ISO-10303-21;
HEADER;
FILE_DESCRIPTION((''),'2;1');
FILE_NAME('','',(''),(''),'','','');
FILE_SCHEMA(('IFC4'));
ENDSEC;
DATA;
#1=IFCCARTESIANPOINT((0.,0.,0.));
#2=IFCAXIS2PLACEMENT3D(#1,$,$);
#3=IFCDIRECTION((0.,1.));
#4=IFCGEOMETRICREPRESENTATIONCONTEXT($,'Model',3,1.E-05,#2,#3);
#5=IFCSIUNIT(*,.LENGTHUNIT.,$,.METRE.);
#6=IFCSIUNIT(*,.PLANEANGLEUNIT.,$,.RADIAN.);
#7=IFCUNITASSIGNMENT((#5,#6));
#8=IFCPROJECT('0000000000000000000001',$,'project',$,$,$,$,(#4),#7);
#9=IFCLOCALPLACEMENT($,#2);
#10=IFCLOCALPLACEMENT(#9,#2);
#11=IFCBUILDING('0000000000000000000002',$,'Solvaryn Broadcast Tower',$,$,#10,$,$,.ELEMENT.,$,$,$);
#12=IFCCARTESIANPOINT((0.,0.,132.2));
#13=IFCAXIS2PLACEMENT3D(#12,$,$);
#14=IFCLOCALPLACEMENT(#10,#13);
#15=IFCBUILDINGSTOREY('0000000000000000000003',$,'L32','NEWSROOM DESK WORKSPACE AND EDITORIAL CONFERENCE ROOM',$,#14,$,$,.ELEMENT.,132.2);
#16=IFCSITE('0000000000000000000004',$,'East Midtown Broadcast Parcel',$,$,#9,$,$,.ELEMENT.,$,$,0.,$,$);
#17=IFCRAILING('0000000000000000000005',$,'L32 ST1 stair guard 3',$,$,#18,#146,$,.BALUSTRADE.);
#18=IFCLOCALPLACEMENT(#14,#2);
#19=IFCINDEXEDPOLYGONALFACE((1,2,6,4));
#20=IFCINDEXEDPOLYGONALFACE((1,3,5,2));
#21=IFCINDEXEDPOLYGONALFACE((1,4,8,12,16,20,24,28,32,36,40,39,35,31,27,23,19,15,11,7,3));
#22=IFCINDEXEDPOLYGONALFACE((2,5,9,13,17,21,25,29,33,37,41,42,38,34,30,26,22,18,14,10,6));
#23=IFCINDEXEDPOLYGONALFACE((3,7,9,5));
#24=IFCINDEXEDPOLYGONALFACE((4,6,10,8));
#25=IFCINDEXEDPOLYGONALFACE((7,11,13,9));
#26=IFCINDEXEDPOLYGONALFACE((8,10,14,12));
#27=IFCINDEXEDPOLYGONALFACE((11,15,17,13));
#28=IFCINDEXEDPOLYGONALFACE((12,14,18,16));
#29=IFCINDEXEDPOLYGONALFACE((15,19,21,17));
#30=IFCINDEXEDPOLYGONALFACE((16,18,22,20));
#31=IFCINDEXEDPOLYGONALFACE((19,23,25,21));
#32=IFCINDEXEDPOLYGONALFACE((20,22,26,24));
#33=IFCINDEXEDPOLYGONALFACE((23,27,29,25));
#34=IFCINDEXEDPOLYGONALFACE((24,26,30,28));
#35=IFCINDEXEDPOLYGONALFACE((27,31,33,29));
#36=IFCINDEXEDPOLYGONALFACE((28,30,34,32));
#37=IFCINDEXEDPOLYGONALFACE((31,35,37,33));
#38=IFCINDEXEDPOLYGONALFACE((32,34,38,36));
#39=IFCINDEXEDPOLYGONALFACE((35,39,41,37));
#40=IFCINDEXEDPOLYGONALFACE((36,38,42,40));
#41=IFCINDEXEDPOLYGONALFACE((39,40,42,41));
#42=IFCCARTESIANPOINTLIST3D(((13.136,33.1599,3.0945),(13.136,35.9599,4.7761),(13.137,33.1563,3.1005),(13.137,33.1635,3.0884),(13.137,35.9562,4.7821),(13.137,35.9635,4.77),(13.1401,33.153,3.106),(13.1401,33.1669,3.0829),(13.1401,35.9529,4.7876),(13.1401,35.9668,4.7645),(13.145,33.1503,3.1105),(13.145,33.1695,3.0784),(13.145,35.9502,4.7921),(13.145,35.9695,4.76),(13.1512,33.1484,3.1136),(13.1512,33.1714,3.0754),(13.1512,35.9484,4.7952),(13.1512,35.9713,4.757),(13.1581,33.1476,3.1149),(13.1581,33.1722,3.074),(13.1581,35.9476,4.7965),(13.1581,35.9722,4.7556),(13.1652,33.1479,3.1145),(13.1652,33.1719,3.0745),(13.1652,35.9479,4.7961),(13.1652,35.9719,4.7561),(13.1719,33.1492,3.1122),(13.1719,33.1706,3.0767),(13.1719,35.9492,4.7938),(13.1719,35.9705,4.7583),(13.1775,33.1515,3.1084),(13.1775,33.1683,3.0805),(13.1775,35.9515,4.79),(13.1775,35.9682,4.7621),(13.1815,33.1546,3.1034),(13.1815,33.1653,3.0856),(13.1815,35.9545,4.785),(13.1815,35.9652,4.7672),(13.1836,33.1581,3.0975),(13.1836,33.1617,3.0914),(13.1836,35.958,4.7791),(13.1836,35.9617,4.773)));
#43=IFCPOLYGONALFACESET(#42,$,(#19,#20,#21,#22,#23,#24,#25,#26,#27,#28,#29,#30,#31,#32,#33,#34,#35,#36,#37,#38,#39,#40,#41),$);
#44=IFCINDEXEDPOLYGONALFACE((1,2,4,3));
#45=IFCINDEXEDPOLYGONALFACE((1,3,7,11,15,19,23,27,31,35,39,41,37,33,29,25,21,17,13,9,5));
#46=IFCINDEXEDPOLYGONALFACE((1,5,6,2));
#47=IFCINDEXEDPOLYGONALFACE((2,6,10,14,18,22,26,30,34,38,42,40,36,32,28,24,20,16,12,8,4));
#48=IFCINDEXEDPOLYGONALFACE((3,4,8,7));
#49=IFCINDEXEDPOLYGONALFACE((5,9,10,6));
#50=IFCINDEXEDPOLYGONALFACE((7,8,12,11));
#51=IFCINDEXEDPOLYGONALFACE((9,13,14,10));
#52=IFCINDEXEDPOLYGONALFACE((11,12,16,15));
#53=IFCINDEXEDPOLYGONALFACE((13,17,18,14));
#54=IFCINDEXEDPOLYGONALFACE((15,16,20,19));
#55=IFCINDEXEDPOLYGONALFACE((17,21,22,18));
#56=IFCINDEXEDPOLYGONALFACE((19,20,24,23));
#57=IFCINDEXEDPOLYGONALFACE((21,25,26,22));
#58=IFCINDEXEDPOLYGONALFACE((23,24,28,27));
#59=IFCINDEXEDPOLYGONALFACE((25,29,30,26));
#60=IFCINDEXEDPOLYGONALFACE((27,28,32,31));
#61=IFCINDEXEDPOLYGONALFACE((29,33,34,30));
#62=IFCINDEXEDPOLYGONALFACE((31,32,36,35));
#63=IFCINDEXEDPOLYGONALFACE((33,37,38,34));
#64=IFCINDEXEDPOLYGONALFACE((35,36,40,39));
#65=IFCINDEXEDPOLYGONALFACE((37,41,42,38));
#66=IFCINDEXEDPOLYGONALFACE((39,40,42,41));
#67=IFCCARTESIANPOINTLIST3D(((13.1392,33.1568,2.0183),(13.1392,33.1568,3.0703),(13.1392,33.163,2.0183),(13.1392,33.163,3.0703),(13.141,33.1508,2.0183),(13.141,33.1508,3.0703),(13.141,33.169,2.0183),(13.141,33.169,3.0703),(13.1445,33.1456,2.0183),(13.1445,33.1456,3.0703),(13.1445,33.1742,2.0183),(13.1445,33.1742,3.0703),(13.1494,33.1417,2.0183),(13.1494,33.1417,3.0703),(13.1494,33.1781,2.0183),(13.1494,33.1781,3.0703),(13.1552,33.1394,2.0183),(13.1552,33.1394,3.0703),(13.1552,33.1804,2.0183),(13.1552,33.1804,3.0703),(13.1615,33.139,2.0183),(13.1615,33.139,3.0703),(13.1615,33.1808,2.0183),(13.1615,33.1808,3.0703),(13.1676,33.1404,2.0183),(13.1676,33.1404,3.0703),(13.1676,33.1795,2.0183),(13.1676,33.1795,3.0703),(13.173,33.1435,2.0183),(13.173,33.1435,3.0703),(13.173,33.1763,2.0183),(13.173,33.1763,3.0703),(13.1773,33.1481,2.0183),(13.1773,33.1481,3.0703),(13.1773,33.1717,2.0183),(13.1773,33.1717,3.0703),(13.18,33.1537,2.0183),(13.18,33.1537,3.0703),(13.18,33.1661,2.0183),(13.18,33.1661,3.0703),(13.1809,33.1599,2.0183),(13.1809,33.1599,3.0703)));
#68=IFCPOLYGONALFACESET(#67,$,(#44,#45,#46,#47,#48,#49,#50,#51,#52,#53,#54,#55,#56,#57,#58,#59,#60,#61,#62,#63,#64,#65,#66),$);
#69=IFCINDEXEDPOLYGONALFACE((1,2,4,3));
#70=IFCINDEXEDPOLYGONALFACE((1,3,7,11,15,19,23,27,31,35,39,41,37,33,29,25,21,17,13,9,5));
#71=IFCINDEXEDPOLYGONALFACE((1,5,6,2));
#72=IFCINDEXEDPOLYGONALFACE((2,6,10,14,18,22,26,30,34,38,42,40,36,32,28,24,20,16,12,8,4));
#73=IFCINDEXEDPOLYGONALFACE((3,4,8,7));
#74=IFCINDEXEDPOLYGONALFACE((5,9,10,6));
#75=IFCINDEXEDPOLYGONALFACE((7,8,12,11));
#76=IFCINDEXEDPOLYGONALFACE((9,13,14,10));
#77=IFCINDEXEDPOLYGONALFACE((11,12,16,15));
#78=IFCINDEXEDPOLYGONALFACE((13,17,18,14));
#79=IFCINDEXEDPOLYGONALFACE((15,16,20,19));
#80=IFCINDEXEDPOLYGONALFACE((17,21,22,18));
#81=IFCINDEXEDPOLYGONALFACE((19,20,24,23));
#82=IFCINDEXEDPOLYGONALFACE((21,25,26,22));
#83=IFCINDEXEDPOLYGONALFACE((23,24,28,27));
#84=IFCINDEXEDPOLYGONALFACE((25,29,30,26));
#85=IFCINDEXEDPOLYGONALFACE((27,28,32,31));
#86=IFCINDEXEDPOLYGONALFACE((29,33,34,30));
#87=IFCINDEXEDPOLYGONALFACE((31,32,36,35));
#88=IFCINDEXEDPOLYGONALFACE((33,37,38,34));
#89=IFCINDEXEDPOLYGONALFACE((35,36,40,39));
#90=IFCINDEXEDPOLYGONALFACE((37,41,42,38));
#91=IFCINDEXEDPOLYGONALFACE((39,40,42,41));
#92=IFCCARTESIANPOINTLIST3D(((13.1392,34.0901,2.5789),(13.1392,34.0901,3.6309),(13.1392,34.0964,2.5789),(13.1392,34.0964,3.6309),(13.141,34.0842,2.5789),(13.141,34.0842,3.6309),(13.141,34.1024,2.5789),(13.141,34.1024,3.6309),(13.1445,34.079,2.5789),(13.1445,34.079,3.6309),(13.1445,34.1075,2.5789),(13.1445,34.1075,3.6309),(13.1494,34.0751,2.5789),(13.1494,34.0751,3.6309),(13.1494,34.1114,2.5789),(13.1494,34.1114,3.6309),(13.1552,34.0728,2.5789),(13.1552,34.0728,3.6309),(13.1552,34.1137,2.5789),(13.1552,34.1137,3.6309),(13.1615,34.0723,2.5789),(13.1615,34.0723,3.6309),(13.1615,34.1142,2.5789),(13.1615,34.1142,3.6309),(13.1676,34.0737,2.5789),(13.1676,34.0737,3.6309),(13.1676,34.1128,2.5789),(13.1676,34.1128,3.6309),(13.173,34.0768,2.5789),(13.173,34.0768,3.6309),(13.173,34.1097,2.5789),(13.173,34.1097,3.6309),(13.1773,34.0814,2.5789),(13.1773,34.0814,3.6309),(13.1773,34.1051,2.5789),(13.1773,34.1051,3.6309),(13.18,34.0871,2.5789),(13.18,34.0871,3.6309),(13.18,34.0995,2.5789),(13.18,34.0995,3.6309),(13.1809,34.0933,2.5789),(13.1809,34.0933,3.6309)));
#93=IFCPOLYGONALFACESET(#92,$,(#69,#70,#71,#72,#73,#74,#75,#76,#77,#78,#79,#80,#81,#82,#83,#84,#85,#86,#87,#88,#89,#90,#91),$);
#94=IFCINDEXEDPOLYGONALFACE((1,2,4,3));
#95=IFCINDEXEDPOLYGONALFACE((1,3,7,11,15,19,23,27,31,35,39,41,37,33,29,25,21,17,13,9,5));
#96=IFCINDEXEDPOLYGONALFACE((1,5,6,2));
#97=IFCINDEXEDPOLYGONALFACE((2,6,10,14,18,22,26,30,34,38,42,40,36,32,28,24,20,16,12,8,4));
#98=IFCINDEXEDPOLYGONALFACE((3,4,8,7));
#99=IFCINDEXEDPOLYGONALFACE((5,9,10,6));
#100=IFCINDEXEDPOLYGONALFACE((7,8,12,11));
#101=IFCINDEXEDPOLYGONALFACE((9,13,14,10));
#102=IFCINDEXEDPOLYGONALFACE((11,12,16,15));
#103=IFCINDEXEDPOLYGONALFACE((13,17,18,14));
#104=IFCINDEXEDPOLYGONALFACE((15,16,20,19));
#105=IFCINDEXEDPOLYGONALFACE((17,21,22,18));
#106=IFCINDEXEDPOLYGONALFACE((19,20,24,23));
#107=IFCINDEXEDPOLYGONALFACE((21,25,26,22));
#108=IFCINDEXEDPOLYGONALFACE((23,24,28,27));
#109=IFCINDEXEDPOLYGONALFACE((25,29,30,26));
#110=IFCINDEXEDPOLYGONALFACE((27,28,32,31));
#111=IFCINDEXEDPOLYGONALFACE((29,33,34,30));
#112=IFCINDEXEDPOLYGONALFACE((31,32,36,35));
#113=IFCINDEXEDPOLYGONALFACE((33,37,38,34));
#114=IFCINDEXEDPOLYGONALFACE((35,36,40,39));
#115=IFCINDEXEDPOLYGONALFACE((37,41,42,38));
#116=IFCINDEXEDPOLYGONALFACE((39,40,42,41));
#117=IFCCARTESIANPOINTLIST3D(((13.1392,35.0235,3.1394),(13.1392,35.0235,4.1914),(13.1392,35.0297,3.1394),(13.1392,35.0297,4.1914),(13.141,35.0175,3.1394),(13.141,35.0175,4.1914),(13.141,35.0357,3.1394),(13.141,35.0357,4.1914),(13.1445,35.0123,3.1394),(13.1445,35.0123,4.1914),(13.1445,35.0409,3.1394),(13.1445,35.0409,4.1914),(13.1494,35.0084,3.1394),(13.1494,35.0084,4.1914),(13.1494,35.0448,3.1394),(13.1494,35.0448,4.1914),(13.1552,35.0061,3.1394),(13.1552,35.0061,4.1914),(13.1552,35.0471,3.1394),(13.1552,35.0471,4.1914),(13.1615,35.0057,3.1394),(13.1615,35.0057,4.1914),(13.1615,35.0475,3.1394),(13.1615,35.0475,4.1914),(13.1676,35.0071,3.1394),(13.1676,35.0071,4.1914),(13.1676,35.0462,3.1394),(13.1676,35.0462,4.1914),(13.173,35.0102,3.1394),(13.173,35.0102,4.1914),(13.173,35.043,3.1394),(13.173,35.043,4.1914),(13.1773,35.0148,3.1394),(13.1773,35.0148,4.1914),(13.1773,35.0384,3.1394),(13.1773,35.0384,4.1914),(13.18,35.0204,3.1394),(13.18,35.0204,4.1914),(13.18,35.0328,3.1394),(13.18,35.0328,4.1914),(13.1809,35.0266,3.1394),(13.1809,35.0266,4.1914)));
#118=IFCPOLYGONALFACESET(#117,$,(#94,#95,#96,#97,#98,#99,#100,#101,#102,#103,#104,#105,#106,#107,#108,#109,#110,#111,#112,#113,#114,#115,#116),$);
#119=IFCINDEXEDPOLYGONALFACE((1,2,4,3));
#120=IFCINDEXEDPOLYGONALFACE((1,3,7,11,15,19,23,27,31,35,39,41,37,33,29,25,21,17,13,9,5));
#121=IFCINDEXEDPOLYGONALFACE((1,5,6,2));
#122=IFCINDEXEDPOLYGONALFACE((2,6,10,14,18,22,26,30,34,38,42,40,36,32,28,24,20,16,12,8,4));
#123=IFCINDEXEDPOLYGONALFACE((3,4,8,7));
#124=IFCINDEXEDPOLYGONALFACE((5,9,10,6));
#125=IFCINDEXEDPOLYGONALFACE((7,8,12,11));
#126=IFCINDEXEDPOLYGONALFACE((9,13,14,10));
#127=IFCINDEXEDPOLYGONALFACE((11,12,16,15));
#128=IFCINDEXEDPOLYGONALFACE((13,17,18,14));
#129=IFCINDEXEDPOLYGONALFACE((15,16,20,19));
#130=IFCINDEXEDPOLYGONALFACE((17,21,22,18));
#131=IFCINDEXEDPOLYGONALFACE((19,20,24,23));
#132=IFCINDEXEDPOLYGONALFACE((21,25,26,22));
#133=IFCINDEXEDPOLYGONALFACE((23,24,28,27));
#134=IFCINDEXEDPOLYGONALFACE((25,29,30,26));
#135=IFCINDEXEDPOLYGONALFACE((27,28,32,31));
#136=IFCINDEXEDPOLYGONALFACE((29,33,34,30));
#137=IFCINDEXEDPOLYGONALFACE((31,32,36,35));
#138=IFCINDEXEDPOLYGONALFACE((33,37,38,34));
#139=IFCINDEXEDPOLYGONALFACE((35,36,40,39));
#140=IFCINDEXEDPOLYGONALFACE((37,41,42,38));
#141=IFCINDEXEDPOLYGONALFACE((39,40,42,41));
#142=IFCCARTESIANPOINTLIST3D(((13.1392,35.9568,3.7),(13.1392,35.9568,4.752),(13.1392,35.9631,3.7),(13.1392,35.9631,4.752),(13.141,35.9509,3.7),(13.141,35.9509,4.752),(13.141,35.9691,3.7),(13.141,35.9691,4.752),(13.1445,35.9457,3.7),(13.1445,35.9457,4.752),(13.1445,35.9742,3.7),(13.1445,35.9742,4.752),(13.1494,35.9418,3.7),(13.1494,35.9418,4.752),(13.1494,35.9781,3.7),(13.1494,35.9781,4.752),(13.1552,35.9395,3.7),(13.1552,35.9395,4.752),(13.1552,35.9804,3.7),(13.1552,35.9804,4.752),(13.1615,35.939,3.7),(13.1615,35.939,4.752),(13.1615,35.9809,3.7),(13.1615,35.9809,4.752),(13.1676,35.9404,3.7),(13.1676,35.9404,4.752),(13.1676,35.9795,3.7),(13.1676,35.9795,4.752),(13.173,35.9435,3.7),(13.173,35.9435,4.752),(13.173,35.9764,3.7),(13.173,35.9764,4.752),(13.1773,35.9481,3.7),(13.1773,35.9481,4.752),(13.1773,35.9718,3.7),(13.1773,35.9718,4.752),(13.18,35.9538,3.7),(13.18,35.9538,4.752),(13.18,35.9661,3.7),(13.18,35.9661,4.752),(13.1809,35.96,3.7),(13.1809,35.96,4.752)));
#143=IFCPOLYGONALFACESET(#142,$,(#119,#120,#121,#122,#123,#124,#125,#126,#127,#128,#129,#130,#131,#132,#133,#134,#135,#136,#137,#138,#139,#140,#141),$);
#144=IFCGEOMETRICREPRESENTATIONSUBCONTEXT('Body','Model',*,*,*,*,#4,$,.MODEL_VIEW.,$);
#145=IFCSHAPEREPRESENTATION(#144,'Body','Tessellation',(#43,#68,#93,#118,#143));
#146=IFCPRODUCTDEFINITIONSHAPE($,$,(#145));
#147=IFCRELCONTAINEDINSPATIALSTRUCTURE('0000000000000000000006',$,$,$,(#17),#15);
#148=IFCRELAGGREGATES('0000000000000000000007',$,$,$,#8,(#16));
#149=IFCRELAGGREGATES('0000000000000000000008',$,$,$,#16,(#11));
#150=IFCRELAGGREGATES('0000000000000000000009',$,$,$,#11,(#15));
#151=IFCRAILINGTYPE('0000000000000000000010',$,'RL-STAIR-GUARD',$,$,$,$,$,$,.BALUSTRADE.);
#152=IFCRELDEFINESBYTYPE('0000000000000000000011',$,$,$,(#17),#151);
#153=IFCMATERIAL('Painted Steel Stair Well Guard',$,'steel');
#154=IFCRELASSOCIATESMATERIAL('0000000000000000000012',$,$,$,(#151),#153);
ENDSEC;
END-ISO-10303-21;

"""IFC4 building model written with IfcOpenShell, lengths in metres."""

from ifc_helpers import new_model, si_unit, direction, frame, origin, origin_2d, place, context, subcontext, project, spatial, circle, extrude, material, type_object, element, save


model = new_model("IFC4")

# Units and contexts
model_context = context("Model", 3, precision=1e-05, world=origin(), true_north=direction((0.0, 1.0)))
body_context = subcontext(model_context, "Body", "Model", "MODEL_VIEW")
ifc_project = project(units=[si_unit("LENGTHUNIT", "METRE"), si_unit("PLANEANGLEUNIT", "RADIAN")], contexts=[model_context])

# Site, building, storey
site_placement = place(None, origin())
site = spatial("IfcSite", under=ifc_project, at=site_placement, Name="East Midtown Broadcast Parcel", CompositionType="ELEMENT", RefElevation=0.0)
building_placement = place(site_placement, origin())
building = spatial("IfcBuilding", under=site, at=building_placement, Name="Solvaryn Broadcast Tower", CompositionType="ELEMENT")
storey_placement = place(building_placement, frame((0.0, 0.0, 132.2)))
storey = spatial("IfcBuildingStorey", under=building, at=storey_placement, Name="L32", Description="NEWSROOM DESK WORKSPACE AND EDITORIAL CONFERENCE ROOM", CompositionType="ELEMENT", Elevation=132.2)

# Railing
ifc_material_1 = material(Name="Painted Steel Stair Well Guard", Category="steel")
railing_type_1 = type_object("IfcRailingType", Name="RL-STAIR-GUARD", PredefinedType="BALUSTRADE", material=ifc_material_1)
railing_1_placement = place(storey_placement, frame((13.1599, 33.1599, 2.0183)))
element("IfcRailing", 1, at=railing_1_placement, inside=storey, type_object=railing_type_1, Name="L32 ST1 stair guard 3", PredefinedType="BALUSTRADE", context=body_context, shape_type="SweptSolid", body=[
    extrude(circle(Radius=0.0239, at=origin_2d()), frame((0.0, 0.0, 1.0762), z_axis=(0.0, 0.857275, 0.514858), x_axis=(-1.0, 0.0, 0.0)), (0.0, 0.0, 1.0), 3.2661),
    extrude(circle(Radius=0.021, at=origin_2d()), origin(), (0.0, 0.0, 1.0), 1.052),
    extrude(circle(Radius=0.021, at=origin_2d()), frame((0.0, 0.9333, 0.5605)), (0.0, 0.0, 1.0), 1.052),
    extrude(circle(Radius=0.021, at=origin_2d()), frame((0.0, 1.8667, 1.1211)), (0.0, 0.0, 1.0), 1.052),
    extrude(circle(Radius=0.021, at=origin_2d()), frame((0.0, 2.8, 1.6816)), (0.0, 0.0, 1.0), 1.052),
])

save(model, "model.ifc")
